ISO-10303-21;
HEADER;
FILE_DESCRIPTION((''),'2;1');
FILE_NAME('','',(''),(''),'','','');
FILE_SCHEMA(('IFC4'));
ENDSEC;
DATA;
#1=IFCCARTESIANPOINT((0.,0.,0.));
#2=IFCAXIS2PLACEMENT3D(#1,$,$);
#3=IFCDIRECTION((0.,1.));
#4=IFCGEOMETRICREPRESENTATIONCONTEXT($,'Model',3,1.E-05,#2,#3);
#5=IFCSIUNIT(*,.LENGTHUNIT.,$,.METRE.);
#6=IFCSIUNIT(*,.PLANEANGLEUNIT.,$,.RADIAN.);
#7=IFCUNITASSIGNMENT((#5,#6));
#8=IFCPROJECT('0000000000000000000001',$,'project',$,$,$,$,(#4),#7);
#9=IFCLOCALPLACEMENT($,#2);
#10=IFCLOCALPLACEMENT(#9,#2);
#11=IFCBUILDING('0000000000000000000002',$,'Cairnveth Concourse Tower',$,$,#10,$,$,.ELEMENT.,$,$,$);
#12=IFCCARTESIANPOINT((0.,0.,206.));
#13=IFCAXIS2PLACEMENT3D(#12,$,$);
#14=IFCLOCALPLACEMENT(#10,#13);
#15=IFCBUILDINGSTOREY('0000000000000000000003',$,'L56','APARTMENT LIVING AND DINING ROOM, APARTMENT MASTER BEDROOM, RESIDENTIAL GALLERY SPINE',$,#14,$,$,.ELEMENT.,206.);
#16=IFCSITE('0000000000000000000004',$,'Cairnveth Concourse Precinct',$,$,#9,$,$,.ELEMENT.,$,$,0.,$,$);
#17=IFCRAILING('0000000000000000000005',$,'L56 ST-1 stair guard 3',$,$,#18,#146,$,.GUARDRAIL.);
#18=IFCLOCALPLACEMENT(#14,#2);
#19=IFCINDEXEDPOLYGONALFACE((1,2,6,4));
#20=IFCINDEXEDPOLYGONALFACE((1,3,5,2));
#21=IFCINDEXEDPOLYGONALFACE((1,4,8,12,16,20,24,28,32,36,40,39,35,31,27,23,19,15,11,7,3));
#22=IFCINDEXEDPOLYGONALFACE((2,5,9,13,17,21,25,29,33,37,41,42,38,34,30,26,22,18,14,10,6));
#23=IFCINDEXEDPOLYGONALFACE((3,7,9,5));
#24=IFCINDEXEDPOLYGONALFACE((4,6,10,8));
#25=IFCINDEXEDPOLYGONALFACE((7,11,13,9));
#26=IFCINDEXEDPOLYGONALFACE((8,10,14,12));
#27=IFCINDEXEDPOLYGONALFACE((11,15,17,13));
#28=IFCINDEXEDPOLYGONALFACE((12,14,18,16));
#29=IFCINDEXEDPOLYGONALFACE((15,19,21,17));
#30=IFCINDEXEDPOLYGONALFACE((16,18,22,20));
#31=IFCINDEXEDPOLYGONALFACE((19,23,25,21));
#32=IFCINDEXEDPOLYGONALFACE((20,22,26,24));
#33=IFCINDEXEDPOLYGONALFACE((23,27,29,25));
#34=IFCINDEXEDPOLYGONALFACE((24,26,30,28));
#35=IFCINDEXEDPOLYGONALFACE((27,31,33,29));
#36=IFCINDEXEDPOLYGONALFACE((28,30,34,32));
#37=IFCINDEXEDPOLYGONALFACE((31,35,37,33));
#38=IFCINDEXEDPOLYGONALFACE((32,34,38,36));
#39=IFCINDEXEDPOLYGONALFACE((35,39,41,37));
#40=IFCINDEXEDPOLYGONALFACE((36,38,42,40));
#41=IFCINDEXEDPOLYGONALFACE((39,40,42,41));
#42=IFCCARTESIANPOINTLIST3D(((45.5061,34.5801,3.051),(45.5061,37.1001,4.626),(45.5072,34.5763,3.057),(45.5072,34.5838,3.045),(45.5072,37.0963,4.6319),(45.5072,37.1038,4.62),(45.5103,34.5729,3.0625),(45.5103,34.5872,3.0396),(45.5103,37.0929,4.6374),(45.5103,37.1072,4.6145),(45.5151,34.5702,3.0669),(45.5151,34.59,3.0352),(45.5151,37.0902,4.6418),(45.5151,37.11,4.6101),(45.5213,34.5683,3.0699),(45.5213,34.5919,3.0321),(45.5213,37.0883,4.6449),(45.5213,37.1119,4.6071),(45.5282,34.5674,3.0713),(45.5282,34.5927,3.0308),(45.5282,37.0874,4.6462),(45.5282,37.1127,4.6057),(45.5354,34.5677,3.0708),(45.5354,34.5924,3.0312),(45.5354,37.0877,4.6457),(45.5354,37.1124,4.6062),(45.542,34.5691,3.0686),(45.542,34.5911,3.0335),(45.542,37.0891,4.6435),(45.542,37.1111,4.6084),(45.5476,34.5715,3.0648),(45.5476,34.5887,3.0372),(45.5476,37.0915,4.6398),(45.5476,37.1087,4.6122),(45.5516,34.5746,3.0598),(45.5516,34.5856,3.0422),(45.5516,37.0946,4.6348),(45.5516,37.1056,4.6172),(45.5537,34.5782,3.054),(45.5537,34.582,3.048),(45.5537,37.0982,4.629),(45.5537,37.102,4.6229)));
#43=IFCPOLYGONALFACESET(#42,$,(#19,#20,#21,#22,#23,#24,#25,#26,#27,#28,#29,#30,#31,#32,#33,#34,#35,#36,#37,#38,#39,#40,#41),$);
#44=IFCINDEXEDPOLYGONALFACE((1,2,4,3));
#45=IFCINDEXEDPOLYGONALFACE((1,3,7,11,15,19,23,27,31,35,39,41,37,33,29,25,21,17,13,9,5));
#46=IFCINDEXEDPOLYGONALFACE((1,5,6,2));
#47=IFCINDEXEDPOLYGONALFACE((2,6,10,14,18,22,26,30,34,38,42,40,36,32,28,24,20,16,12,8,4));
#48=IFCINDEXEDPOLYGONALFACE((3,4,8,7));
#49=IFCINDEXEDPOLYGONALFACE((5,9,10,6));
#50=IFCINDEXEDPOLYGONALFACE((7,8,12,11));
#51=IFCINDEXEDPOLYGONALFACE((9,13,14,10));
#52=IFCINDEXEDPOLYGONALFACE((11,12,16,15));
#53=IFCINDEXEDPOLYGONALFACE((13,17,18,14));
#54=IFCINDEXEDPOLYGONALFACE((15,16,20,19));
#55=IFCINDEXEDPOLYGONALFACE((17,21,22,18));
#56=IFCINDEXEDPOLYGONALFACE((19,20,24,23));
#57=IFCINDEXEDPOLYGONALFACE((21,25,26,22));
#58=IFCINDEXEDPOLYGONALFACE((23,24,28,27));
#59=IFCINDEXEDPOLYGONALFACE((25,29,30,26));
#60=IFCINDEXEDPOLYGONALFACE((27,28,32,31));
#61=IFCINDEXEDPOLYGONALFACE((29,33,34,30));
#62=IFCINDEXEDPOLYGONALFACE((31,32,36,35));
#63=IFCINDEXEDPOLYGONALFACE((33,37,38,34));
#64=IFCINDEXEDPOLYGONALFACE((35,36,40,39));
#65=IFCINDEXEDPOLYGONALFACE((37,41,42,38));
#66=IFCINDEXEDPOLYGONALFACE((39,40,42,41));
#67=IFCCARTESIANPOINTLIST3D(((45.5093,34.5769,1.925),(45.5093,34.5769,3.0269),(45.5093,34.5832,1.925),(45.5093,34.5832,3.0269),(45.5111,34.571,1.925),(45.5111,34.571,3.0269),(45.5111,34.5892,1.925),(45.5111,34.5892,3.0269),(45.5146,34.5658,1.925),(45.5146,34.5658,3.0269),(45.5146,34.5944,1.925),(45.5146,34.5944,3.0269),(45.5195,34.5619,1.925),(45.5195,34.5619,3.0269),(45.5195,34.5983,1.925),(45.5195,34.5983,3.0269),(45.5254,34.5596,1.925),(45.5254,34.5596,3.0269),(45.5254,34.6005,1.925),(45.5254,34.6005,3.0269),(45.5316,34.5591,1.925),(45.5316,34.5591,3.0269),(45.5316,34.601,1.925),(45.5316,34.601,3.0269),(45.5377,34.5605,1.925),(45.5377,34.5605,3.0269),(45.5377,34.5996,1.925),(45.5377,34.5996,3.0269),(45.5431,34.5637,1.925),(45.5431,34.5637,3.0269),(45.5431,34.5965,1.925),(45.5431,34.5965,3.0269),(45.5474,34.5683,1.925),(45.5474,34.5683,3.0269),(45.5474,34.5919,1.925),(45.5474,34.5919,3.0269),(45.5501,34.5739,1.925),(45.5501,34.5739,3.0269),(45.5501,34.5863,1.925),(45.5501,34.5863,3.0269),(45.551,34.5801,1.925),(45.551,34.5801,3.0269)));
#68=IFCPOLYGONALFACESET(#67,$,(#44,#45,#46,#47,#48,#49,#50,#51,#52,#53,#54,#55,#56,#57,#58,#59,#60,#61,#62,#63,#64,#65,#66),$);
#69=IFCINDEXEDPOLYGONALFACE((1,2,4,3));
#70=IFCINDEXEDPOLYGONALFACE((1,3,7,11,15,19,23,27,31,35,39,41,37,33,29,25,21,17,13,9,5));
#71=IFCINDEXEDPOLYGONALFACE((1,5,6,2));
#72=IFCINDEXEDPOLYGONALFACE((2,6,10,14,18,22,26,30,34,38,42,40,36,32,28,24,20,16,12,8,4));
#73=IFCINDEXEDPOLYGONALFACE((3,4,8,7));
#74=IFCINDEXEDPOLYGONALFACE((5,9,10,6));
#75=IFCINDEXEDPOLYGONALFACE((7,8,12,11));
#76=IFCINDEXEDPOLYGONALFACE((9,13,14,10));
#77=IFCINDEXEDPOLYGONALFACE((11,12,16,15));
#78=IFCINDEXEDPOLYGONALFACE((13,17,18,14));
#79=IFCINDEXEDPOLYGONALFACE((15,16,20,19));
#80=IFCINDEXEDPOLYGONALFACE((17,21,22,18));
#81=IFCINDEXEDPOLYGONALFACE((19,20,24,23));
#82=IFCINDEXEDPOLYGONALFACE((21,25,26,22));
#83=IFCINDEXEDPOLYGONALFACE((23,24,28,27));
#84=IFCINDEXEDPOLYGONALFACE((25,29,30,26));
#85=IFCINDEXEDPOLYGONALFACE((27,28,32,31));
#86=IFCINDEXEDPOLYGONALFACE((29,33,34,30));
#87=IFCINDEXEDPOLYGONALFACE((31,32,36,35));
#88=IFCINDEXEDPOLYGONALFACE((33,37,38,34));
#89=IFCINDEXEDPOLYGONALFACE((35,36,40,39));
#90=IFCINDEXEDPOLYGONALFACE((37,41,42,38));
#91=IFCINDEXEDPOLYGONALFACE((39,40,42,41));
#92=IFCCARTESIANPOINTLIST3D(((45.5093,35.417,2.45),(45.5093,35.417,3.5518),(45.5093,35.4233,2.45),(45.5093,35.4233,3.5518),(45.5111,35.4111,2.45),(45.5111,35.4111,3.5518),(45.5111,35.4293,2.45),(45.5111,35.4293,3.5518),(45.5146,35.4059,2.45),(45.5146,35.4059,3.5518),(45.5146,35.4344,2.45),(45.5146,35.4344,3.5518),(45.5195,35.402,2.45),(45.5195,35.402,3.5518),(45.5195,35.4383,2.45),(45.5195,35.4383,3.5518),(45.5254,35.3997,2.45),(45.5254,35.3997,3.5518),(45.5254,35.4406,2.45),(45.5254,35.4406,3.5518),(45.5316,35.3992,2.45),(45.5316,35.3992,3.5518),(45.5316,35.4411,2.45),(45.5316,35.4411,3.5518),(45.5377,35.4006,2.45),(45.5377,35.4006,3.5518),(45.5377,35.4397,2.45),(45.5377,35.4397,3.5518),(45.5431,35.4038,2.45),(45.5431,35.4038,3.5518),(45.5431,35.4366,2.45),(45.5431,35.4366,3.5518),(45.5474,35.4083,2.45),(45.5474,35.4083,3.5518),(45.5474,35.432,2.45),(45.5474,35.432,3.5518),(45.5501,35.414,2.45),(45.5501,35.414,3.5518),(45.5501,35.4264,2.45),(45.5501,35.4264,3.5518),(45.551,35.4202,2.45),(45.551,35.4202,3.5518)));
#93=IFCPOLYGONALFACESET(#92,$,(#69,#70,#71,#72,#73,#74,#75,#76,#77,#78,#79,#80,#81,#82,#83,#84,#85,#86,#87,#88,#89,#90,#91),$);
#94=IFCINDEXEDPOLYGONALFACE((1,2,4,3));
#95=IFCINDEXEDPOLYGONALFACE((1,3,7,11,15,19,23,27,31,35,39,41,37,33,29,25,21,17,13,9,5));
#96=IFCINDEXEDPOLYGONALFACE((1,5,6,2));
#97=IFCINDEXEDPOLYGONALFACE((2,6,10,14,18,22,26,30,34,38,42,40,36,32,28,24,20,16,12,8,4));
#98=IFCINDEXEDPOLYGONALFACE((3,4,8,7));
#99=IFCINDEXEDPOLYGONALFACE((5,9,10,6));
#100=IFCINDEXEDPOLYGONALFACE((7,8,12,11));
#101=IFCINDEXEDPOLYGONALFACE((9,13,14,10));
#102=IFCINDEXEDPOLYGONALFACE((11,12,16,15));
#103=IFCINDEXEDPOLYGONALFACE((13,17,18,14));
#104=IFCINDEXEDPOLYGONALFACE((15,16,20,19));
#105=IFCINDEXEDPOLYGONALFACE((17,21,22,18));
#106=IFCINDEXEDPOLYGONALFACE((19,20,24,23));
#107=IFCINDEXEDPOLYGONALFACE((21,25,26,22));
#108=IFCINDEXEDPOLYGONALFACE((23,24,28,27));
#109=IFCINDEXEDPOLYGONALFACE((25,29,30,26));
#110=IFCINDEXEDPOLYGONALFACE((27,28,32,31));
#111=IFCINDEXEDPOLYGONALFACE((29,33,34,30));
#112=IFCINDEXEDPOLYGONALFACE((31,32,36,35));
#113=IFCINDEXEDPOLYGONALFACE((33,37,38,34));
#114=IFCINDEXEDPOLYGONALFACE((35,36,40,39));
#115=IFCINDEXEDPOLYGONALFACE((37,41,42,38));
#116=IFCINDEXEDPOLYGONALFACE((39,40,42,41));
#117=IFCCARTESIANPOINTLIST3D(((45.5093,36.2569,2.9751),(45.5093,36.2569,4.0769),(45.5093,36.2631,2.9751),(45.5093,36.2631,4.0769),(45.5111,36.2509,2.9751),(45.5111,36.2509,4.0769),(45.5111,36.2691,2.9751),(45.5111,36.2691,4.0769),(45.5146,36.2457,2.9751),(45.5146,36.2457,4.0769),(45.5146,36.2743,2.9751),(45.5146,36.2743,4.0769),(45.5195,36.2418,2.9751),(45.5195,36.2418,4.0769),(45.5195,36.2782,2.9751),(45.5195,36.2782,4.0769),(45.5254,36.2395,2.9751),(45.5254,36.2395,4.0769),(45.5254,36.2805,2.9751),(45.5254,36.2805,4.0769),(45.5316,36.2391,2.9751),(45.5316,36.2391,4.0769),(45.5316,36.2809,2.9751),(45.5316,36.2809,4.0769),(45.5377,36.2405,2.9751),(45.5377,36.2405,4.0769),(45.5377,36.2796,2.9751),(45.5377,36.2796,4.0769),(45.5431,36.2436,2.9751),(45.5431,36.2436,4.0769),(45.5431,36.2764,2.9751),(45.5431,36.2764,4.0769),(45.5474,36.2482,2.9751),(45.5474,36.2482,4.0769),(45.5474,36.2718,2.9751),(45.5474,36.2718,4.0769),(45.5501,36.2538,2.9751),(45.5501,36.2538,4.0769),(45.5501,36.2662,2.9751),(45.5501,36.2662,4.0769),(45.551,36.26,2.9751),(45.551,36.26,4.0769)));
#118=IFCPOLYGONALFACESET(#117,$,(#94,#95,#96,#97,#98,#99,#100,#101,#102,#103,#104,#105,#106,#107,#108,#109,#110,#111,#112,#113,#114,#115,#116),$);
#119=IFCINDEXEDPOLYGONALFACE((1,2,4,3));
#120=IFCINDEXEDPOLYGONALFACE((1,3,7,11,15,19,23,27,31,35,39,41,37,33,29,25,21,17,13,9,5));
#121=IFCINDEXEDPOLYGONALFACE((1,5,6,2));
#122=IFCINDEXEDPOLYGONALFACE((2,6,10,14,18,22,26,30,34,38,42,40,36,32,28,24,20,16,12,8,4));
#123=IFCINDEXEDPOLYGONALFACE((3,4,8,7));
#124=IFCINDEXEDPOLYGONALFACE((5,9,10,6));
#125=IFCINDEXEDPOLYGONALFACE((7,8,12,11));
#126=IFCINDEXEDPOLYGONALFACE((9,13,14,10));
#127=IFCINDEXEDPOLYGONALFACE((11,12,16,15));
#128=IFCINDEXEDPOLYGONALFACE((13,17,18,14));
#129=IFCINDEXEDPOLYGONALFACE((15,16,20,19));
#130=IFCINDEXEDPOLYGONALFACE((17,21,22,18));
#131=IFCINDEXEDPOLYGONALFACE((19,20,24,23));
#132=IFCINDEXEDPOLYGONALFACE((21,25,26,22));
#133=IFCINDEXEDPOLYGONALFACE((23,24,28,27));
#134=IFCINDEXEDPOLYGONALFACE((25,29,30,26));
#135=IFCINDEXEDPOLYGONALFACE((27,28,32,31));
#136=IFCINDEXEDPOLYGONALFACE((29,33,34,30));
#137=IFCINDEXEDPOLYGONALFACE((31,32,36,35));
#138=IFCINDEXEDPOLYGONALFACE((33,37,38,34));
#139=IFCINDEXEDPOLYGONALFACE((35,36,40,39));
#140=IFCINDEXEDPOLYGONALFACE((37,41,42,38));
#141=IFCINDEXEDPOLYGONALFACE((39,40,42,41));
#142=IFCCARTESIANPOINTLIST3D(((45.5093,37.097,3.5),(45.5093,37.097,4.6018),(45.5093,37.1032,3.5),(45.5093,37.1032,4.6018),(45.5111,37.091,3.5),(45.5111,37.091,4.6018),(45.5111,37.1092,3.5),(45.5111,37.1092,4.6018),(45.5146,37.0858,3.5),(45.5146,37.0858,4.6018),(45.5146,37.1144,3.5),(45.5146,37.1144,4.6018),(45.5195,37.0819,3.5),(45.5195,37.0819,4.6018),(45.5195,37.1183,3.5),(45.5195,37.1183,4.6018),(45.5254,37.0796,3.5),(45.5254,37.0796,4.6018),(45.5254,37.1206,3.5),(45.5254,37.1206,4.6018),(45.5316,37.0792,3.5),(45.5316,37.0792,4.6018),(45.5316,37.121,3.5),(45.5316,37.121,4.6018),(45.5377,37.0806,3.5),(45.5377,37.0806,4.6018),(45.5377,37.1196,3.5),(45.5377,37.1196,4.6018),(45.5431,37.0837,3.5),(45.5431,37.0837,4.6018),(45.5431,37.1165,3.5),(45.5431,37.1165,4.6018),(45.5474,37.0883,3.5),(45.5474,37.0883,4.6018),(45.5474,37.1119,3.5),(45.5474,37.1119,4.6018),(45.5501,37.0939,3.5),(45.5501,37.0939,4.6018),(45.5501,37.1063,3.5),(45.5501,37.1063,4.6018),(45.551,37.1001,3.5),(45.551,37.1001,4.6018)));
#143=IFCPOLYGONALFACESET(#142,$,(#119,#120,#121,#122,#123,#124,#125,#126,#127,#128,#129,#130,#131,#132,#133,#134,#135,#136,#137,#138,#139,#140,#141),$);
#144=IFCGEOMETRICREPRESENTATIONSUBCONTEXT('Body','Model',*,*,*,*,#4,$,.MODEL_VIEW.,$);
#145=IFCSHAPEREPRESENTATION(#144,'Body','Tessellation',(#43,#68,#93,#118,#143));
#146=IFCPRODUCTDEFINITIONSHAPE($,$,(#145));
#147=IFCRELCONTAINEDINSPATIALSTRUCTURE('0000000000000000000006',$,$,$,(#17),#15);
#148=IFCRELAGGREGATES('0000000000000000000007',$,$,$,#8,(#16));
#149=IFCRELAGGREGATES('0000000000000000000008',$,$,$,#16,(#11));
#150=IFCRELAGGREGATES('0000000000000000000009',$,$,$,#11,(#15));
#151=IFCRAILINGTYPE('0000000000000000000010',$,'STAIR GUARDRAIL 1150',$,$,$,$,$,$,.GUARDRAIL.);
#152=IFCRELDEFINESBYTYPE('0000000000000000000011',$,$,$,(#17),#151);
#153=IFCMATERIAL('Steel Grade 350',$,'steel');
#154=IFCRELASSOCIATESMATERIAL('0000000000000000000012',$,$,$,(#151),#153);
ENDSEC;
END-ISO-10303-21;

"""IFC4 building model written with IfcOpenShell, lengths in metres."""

from ifc_helpers import new_model, si_unit, direction, frame, origin, origin_2d, place, context, subcontext, project, spatial, circle, extrude, material, type_object, element, save


model = new_model("IFC4")

# Units and contexts
model_context = context("Model", 3, precision=1e-05, world=origin(), true_north=direction((0.0, 1.0)))
body_context = subcontext(model_context, "Body", "Model", "MODEL_VIEW")
ifc_project = project(units=[si_unit("LENGTHUNIT", "METRE"), si_unit("PLANEANGLEUNIT", "RADIAN")], contexts=[model_context])

# Site, building, storey
site_placement = place(None, origin())
site = spatial("IfcSite", under=ifc_project, at=site_placement, Name="Cairnveth Concourse Precinct", CompositionType="ELEMENT", RefElevation=0.0)
building_placement = place(site_placement, origin())
building = spatial("IfcBuilding", under=site, at=building_placement, Name="Cairnveth Concourse Tower", CompositionType="ELEMENT")
storey_placement = place(building_placement, frame((0.0, 0.0, 206.0)))
storey = spatial("IfcBuildingStorey", under=building, at=storey_placement, Name="L56", Description="APARTMENT LIVING AND DINING ROOM, APARTMENT MASTER BEDROOM, RESIDENTIAL GALLERY SPINE", CompositionType="ELEMENT", Elevation=206.0)

# Railing
ifc_material_1 = material(Name="Steel Grade 350", Category="steel")
railing_type_1 = type_object("IfcRailingType", Name="STAIR GUARDRAIL 1150", PredefinedType="GUARDRAIL", material=ifc_material_1)
railing_1_placement = place(storey_placement, frame((45.53, 34.5801, 1.925)))
element("IfcRailing", 1, at=railing_1_placement, inside=storey, type_object=railing_type_1, Name="L56 ST-1 stair guard 3", PredefinedType="GUARDRAIL", context=body_context, shape_type="SweptSolid", body=[
    extrude(circle(Radius=0.0239, at=origin_2d()), frame((0.0, 0.0, 1.126), z_axis=(0.0, 0.848008, 0.529984), x_axis=(-1.0, 0.0, 0.0)), (0.0, 0.0, 1.0), 2.9717),
    extrude(circle(Radius=0.021, at=origin_2d()), origin(), (0.0, 0.0, 1.0), 1.1018),
    extrude(circle(Radius=0.021, at=origin_2d()), frame((0.0, 0.8401, 0.5249)), (0.0, 0.0, 1.0), 1.1018),
    extrude(circle(Radius=0.021, at=origin_2d()), frame((0.0, 1.6799, 1.05)), (0.0, 0.0, 1.0), 1.1018),
    extrude(circle(Radius=0.021, at=origin_2d()), frame((0.0, 2.52, 1.575)), (0.0, 0.0, 1.0), 1.1018),
])

save(model, "model.ifc")
